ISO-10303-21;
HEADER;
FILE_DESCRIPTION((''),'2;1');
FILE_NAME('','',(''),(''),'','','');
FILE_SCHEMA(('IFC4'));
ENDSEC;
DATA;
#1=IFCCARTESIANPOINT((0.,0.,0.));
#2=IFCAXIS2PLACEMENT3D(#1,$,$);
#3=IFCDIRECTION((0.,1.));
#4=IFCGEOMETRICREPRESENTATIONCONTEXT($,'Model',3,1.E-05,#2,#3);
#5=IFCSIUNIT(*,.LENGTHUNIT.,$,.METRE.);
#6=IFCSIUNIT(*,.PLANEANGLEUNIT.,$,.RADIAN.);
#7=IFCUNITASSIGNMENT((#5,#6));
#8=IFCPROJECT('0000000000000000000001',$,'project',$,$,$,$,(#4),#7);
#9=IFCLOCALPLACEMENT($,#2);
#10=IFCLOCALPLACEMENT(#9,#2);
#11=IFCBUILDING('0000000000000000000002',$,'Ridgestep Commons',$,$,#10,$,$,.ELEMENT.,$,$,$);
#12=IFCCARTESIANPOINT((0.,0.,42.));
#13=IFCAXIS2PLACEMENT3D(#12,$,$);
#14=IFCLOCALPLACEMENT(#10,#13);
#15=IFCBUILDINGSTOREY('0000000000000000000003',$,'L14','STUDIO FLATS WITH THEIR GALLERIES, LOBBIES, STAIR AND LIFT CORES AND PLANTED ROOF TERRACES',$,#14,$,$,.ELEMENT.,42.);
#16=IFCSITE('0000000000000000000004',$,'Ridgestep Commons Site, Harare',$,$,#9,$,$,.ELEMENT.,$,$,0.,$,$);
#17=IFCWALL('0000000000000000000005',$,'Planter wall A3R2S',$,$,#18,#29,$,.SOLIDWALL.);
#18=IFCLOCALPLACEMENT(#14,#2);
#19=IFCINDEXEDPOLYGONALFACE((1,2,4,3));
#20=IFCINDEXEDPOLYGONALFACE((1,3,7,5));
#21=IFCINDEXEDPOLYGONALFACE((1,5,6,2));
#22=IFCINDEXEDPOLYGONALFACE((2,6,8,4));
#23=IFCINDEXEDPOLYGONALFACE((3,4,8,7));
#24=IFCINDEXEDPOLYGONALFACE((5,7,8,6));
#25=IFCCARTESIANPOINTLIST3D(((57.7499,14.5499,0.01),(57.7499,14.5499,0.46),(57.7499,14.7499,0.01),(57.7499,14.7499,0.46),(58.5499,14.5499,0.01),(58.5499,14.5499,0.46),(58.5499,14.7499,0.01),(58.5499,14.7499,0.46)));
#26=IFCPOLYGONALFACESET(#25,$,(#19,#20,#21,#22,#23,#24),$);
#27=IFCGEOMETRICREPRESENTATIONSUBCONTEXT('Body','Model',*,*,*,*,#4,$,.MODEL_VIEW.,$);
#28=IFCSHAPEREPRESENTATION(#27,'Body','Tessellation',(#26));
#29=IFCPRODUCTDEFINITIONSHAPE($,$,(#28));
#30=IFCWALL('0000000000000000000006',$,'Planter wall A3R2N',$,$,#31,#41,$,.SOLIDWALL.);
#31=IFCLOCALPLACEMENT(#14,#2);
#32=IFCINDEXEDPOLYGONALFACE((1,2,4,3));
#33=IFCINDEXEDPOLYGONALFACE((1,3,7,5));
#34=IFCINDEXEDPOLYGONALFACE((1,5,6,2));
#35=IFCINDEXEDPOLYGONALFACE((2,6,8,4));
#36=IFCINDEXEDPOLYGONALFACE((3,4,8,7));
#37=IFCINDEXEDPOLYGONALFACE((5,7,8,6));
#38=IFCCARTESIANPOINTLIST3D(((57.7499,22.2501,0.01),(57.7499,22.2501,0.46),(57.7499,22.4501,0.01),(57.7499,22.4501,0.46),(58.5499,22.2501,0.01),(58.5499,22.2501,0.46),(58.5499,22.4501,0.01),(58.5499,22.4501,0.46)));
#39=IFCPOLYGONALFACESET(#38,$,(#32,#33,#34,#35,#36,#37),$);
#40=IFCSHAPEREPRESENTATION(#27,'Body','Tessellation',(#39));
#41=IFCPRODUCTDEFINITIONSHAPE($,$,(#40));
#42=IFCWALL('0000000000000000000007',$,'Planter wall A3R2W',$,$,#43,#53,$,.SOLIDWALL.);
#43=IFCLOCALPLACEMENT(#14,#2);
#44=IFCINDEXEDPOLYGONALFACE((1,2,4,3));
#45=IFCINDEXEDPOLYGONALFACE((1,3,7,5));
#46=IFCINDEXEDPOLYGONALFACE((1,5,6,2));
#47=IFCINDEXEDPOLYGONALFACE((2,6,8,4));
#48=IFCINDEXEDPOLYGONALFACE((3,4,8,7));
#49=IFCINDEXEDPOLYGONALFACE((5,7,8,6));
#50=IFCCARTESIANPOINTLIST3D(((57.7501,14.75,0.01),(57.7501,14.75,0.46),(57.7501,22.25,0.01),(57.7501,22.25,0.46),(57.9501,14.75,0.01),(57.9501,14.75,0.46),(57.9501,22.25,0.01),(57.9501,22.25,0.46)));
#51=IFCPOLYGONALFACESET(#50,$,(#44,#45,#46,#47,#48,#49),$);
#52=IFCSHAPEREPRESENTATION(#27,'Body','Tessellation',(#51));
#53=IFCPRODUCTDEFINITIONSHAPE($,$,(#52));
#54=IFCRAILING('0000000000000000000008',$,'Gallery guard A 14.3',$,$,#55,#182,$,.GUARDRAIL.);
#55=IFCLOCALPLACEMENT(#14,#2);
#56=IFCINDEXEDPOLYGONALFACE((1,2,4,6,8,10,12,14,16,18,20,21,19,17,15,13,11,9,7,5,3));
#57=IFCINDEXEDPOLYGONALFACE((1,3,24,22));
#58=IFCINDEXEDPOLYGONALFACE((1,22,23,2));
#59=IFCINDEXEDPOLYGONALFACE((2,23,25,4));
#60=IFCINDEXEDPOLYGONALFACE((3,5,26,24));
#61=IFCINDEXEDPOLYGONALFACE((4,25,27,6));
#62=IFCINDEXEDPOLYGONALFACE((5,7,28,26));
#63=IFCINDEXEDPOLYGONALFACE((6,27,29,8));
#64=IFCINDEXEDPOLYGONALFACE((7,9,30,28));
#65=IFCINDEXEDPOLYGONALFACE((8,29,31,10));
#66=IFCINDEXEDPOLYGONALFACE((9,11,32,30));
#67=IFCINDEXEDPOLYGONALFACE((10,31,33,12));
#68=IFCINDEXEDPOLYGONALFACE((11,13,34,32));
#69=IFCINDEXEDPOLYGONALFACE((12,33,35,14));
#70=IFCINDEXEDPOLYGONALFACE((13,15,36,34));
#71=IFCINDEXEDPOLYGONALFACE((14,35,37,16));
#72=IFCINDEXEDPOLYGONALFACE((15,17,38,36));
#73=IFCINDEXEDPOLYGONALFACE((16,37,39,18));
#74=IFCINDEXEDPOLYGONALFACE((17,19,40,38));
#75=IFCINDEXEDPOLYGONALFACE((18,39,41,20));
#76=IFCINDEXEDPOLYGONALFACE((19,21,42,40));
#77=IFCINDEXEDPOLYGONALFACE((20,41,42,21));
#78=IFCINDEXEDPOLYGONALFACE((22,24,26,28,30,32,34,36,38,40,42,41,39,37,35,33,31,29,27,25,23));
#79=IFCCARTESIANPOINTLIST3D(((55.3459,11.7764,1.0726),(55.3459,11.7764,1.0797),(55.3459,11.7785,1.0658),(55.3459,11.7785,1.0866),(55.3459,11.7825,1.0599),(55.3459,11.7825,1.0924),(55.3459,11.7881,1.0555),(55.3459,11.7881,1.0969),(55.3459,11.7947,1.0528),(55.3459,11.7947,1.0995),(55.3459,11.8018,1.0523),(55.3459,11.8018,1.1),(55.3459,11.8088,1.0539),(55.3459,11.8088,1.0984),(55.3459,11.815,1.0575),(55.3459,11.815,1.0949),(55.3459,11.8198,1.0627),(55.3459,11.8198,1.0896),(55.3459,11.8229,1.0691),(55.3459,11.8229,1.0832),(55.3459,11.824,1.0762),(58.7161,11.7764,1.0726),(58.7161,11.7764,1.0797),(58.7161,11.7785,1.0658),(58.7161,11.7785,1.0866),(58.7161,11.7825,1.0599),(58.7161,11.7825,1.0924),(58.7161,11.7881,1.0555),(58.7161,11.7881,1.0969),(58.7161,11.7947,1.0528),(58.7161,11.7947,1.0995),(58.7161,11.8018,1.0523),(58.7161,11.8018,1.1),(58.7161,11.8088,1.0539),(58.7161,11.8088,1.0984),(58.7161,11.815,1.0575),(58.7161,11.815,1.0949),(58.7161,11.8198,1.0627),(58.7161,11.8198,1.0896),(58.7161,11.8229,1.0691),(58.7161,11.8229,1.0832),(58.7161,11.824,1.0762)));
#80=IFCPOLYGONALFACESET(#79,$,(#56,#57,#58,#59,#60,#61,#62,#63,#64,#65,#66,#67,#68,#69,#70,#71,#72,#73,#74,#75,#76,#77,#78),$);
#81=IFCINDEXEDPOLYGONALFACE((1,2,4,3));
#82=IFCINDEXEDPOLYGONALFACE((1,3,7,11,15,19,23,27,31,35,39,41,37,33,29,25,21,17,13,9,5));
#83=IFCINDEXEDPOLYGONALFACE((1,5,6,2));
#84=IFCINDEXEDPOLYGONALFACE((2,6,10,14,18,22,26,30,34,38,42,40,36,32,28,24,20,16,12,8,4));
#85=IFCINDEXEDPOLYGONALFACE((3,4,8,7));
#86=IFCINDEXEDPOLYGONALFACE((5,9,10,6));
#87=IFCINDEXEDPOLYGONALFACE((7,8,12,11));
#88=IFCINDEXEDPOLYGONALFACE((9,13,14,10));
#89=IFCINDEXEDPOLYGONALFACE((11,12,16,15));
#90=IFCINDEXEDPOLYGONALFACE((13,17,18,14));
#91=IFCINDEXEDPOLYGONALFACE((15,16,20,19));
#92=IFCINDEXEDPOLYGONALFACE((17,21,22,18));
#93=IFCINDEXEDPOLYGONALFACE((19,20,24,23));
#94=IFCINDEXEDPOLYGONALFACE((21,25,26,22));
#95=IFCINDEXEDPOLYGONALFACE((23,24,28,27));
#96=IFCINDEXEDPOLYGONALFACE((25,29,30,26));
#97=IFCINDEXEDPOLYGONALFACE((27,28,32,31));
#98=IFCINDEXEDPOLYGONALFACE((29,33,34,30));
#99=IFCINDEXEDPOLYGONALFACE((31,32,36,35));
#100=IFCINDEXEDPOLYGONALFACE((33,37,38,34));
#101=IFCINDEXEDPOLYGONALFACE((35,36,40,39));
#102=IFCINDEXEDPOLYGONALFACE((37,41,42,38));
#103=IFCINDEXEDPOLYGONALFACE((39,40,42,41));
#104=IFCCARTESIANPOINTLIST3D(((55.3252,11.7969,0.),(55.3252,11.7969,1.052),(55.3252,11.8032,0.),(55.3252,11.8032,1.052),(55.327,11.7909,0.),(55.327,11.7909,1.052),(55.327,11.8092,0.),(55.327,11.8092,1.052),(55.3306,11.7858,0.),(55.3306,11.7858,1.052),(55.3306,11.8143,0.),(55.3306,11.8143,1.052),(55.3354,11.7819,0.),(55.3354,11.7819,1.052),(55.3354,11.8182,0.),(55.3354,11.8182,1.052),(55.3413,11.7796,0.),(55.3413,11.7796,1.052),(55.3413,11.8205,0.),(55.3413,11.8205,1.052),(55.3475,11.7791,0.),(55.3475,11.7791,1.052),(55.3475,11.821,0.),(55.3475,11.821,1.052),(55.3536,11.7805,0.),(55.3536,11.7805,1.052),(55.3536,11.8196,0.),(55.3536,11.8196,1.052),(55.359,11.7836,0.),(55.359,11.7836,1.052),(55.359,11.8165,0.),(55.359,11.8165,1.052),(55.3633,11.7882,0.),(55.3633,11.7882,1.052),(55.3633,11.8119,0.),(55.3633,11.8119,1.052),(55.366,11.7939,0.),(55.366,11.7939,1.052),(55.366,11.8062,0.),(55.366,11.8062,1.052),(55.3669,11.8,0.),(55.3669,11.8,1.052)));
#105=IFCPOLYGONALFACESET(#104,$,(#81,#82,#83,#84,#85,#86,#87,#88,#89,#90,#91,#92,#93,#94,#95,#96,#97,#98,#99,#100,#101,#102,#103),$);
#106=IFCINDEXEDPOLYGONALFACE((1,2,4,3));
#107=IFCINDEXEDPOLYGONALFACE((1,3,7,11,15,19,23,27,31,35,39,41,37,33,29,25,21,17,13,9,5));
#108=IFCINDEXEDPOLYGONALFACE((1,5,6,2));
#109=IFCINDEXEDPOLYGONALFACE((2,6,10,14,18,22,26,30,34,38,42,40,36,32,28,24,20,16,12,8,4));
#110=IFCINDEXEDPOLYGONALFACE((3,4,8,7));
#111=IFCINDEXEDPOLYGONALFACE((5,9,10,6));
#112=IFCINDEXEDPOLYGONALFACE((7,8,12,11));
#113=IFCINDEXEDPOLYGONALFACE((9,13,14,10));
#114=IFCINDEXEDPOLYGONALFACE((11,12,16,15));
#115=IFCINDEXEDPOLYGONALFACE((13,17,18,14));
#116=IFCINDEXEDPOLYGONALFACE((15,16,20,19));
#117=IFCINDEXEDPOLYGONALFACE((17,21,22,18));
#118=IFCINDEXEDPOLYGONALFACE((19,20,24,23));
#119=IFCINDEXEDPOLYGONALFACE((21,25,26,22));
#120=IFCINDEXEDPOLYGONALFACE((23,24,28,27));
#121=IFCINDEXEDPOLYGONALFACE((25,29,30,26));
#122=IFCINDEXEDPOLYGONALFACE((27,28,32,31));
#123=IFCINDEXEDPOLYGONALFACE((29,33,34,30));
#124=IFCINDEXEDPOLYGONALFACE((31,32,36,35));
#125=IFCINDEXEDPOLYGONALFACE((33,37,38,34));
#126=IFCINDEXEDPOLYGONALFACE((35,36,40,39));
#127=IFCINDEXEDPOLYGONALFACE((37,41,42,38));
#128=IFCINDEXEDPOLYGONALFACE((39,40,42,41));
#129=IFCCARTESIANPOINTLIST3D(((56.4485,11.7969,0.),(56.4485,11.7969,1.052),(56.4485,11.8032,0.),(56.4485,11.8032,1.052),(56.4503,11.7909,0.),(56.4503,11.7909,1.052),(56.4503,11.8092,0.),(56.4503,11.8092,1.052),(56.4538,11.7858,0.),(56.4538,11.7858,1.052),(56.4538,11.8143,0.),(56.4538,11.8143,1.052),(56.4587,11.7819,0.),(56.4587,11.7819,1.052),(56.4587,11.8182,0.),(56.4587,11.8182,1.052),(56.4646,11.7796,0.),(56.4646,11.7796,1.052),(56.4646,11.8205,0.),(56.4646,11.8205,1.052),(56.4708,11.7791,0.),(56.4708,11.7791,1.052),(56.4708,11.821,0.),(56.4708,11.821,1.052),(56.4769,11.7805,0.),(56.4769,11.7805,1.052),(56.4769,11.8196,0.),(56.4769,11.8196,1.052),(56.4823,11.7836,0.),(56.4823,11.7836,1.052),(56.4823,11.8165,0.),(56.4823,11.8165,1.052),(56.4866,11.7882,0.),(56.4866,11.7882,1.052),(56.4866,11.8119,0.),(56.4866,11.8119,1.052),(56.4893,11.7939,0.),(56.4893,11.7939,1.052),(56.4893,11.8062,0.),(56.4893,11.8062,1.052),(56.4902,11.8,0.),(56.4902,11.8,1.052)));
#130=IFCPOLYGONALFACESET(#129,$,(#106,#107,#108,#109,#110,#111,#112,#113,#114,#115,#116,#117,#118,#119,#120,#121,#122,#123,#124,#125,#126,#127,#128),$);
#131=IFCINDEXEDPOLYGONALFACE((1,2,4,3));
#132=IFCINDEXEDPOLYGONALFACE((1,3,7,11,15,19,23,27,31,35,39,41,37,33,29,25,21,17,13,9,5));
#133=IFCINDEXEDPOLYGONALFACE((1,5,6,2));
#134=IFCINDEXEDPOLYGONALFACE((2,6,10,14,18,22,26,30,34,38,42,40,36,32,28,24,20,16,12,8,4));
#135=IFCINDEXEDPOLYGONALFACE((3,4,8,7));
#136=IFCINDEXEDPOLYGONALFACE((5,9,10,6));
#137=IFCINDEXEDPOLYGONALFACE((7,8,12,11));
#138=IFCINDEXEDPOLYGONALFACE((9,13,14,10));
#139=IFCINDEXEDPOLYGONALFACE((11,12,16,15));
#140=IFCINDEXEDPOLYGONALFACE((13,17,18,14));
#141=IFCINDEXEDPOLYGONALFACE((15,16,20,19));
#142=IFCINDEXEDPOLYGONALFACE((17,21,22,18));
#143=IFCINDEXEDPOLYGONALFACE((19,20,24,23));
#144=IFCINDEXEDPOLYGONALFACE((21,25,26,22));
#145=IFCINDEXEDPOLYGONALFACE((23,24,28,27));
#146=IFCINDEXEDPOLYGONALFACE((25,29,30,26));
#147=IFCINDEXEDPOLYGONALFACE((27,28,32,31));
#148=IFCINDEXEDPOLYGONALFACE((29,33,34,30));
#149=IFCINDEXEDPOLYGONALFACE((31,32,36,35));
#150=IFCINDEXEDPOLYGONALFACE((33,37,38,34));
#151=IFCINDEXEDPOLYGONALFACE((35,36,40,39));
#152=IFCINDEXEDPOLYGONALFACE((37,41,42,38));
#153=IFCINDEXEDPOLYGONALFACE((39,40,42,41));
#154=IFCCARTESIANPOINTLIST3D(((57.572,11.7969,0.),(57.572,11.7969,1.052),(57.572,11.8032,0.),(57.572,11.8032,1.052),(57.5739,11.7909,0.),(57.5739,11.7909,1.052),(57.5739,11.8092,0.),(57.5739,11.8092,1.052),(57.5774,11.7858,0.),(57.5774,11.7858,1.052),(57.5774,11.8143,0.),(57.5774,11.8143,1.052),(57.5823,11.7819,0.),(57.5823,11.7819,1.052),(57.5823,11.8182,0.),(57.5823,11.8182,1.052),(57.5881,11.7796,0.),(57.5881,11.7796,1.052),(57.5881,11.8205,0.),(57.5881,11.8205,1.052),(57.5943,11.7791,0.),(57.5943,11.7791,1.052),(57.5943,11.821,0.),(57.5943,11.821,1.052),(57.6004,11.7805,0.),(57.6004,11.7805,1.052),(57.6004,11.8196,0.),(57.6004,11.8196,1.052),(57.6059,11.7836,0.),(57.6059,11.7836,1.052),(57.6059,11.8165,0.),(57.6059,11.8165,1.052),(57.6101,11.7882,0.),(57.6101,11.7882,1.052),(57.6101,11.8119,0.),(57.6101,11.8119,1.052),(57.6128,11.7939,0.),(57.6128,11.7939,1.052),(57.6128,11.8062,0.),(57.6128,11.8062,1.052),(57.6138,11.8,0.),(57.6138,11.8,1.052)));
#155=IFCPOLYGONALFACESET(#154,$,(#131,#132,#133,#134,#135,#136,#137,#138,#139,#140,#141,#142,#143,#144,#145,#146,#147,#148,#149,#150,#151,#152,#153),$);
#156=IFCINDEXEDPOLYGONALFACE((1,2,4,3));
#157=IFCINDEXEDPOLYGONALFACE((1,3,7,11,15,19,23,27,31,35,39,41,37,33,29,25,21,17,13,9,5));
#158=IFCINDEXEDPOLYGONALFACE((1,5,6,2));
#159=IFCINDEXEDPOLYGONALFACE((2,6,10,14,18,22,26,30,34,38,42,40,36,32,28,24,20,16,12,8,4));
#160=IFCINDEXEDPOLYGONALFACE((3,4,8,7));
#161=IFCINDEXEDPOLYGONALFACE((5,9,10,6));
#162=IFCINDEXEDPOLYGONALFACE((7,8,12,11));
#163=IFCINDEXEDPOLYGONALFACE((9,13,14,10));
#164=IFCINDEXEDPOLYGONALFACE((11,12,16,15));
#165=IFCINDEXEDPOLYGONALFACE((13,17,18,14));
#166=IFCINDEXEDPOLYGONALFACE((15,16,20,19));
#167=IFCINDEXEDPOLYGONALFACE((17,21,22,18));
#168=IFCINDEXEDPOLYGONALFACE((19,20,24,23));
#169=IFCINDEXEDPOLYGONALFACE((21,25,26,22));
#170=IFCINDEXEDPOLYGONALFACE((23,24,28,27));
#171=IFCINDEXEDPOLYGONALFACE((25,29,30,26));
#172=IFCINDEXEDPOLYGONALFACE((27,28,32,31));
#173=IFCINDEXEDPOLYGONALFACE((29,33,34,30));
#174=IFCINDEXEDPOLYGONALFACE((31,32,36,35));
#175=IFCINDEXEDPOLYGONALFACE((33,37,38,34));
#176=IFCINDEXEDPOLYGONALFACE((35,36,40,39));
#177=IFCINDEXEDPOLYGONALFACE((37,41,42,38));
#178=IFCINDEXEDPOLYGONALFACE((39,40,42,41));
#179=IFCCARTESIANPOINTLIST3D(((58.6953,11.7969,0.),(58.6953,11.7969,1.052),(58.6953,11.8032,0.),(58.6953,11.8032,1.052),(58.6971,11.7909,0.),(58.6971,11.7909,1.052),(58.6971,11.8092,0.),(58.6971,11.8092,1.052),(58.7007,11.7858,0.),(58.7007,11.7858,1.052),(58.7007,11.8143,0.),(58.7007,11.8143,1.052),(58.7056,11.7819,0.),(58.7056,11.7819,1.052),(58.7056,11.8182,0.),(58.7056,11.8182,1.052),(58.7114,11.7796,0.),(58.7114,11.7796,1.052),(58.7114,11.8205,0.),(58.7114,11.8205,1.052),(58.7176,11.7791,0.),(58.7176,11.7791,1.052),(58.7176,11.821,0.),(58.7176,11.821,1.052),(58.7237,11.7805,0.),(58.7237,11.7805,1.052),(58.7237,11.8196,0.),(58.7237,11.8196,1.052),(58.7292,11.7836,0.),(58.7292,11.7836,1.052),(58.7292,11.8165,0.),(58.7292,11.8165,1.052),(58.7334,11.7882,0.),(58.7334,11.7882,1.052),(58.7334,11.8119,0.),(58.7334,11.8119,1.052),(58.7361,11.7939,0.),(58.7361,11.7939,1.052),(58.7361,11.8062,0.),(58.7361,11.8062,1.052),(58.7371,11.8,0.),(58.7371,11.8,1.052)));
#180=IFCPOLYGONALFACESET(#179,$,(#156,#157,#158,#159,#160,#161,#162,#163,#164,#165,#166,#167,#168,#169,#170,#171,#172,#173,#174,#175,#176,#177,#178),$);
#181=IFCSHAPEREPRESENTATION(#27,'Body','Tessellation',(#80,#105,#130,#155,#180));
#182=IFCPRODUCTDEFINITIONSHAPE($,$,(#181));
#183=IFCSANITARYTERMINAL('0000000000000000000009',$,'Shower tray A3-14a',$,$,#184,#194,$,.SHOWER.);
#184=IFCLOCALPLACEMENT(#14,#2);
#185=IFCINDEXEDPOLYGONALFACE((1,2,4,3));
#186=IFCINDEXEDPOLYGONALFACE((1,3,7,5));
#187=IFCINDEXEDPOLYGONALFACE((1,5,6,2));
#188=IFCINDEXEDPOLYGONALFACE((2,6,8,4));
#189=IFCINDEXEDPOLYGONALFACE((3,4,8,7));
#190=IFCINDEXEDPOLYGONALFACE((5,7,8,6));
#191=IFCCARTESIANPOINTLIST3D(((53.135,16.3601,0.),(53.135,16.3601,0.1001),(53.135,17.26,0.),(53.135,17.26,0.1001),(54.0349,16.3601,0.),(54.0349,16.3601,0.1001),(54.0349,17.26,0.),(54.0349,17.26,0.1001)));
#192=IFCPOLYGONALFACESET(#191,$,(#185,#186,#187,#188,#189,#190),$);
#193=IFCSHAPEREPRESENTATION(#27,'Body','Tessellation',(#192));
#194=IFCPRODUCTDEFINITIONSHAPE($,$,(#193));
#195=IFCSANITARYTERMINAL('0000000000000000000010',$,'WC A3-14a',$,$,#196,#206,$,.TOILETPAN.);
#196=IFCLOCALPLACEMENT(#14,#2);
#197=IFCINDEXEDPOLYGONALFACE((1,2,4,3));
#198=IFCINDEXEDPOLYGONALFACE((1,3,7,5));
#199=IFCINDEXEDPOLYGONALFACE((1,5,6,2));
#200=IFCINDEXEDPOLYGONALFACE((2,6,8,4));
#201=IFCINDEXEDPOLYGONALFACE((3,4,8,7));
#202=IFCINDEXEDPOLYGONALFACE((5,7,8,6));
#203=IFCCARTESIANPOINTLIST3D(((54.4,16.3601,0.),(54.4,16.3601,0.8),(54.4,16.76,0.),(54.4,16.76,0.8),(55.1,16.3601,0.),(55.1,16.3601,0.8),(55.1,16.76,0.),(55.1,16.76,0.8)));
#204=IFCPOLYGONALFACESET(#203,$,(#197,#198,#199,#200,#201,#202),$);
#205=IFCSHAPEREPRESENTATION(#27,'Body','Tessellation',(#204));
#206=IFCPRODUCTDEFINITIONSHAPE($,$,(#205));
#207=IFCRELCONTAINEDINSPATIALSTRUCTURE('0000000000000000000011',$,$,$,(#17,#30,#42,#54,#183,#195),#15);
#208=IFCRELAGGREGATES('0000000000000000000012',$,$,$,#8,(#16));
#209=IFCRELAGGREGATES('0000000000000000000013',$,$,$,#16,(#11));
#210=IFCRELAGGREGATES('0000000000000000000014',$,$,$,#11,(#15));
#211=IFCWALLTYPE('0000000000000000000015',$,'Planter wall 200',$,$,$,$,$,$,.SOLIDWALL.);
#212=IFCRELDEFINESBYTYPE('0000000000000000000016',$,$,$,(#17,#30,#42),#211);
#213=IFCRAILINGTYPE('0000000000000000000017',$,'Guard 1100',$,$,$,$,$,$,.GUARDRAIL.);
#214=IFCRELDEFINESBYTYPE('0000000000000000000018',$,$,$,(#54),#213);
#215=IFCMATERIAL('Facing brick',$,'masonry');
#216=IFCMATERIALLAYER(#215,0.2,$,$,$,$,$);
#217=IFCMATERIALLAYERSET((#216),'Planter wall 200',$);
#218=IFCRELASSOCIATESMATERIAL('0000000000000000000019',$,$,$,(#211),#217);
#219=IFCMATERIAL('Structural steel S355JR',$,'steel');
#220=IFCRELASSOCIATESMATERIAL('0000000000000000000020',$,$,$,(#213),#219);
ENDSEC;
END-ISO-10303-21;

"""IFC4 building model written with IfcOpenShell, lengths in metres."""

from ifc_helpers import new_model, si_unit, direction, frame, frame_2d, origin, origin_2d, place, context, subcontext, project, spatial, rectangle, circle, extrude, material, layer, layer_set, type_object, element, save


model = new_model("IFC4")

# Units and contexts
model_context = context("Model", 3, precision=1e-05, world=origin(), true_north=direction((0.0, 1.0)))
body_context = subcontext(model_context, "Body", "Model", "MODEL_VIEW")
ifc_project = project(units=[si_unit("LENGTHUNIT", "METRE"), si_unit("PLANEANGLEUNIT", "RADIAN")], contexts=[model_context])

# Site, building, storey
site_placement = place(None, origin())
site = spatial("IfcSite", under=ifc_project, at=site_placement, Name="Ridgestep Commons Site, Harare", CompositionType="ELEMENT", RefElevation=0.0)
building_placement = place(site_placement, origin())
building = spatial("IfcBuilding", under=site, at=building_placement, Name="Ridgestep Commons", CompositionType="ELEMENT")
storey_placement = place(building_placement, frame((0.0, 0.0, 42.0)))
storey = spatial("IfcBuildingStorey", under=building, at=storey_placement, Name="L14", Description="STUDIO FLATS WITH THEIR GALLERIES, LOBBIES, STAIR AND LIFT CORES AND PLANTED ROOF TERRACES", CompositionType="ELEMENT", Elevation=42.0)

# Walls
ifc_material_1 = material(Name="Facing brick", Category="masonry")
ifc_layer_1 = layer(ifc_material_1, 0.2)
ifc_layer_set_1 = layer_set([ifc_layer_1], Name="Planter wall 200")
wall_type_1 = type_object("IfcWallType", Name="Planter wall 200", PredefinedType="SOLIDWALL", material=ifc_layer_set_1)
for number, where, z_axis, x_axis, name in (
    (1, (57.75, 14.6499, 0.01), (0.0, 0.0, 1.0), (1.0, 0.0, 0.0), "Planter wall A3R2S"),
    (2, (57.75, 22.3501, 0.01), (0.0, 0.0, 1.0), (1.0, 0.0, 0.0), "Planter wall A3R2N"),
):
    element("IfcWall", number, at=place(storey_placement, frame(where, z_axis=z_axis, x_axis=x_axis)), inside=storey, type_object=wall_type_1, Name=name, PredefinedType="SOLIDWALL", context=body_context, shape_type="SweptSolid", body=[
        extrude(rectangle(XDim=0.8, YDim=0.2, at=frame_2d((0.3999, 0.0))), origin(), (0.0, 0.0, 1.0), 0.45),
    ])
wall_1_placement = place(storey_placement, frame((57.8501, 14.75, 0.01), z_axis=(0.0, 0.0, 1.0), x_axis=(0.0, 1.0, 0.0)))
element("IfcWall", 3, at=wall_1_placement, inside=storey, type_object=wall_type_1, Name="Planter wall A3R2W", PredefinedType="SOLIDWALL", context=body_context, shape_type="SweptSolid", body=[
    extrude(rectangle(XDim=7.5, YDim=0.2, at=frame_2d((3.75, 0.0))), origin(), (0.0, 0.0, 1.0), 0.45),
])

# Railing
ifc_material_2 = material(Name="Structural steel S355JR", Category="steel")
railing_type = type_object("IfcRailingType", Name="Guard 1100", PredefinedType="GUARDRAIL", material=ifc_material_2)
railing_placement = place(storey_placement, frame((55.3459, 11.8, 0.0)))
element("IfcRailing", 4, at=railing_placement, inside=storey, type_object=railing_type, Name="Gallery guard A 14.3", PredefinedType="GUARDRAIL", context=body_context, shape_type="SweptSolid", body=[
    extrude(circle(Radius=0.0239, at=origin_2d()), frame((0.0, 0.0, 1.0762), z_axis=(1.0, 0.0, 0.0), x_axis=(0.0, 1.0, 0.0)), (0.0, 0.0, 1.0), 3.3701),
    extrude(circle(Radius=0.021, at=origin_2d()), origin(), (0.0, 0.0, 1.0), 1.052),
    extrude(circle(Radius=0.021, at=origin_2d()), frame((1.1233, 0.0, 0.0)), (0.0, 0.0, 1.0), 1.052),
    extrude(circle(Radius=0.021, at=origin_2d()), frame((2.2468, 0.0, 0.0)), (0.0, 0.0, 1.0), 1.052),
    extrude(circle(Radius=0.021, at=origin_2d()), frame((3.3701, 0.0, 0.0)), (0.0, 0.0, 1.0), 1.052),
])

# Sanitary terminals
sanitary_terminal_1_placement = place(storey_placement, frame((53.585, 16.8101, 0.0), z_axis=(0.0, 0.0, 1.0), x_axis=(1.0, 0.0, 0.0)))
element("IfcSanitaryTerminal", 5, at=sanitary_terminal_1_placement, inside=storey, Name="Shower tray A3-14a", PredefinedType="SHOWER", context=body_context, shape_type="SweptSolid", body=[
    extrude(rectangle(XDim=0.8999, YDim=0.8999, at=origin_2d()), origin(), (0.0, 0.0, 1.0), 0.1001),
])
sanitary_terminal_2_placement = place(storey_placement, frame((54.75, 16.5601, 0.0), z_axis=(0.0, 0.0, 1.0), x_axis=(1.0, 0.0, 0.0)))
element("IfcSanitaryTerminal", 6, at=sanitary_terminal_2_placement, inside=storey, Name="WC A3-14a", PredefinedType="TOILETPAN", context=body_context, shape_type="SweptSolid", body=[
    extrude(rectangle(XDim=0.7, YDim=0.3999, at=origin_2d()), origin(), (0.0, 0.0, 1.0), 0.8),
])

save(model, "model.ifc")
